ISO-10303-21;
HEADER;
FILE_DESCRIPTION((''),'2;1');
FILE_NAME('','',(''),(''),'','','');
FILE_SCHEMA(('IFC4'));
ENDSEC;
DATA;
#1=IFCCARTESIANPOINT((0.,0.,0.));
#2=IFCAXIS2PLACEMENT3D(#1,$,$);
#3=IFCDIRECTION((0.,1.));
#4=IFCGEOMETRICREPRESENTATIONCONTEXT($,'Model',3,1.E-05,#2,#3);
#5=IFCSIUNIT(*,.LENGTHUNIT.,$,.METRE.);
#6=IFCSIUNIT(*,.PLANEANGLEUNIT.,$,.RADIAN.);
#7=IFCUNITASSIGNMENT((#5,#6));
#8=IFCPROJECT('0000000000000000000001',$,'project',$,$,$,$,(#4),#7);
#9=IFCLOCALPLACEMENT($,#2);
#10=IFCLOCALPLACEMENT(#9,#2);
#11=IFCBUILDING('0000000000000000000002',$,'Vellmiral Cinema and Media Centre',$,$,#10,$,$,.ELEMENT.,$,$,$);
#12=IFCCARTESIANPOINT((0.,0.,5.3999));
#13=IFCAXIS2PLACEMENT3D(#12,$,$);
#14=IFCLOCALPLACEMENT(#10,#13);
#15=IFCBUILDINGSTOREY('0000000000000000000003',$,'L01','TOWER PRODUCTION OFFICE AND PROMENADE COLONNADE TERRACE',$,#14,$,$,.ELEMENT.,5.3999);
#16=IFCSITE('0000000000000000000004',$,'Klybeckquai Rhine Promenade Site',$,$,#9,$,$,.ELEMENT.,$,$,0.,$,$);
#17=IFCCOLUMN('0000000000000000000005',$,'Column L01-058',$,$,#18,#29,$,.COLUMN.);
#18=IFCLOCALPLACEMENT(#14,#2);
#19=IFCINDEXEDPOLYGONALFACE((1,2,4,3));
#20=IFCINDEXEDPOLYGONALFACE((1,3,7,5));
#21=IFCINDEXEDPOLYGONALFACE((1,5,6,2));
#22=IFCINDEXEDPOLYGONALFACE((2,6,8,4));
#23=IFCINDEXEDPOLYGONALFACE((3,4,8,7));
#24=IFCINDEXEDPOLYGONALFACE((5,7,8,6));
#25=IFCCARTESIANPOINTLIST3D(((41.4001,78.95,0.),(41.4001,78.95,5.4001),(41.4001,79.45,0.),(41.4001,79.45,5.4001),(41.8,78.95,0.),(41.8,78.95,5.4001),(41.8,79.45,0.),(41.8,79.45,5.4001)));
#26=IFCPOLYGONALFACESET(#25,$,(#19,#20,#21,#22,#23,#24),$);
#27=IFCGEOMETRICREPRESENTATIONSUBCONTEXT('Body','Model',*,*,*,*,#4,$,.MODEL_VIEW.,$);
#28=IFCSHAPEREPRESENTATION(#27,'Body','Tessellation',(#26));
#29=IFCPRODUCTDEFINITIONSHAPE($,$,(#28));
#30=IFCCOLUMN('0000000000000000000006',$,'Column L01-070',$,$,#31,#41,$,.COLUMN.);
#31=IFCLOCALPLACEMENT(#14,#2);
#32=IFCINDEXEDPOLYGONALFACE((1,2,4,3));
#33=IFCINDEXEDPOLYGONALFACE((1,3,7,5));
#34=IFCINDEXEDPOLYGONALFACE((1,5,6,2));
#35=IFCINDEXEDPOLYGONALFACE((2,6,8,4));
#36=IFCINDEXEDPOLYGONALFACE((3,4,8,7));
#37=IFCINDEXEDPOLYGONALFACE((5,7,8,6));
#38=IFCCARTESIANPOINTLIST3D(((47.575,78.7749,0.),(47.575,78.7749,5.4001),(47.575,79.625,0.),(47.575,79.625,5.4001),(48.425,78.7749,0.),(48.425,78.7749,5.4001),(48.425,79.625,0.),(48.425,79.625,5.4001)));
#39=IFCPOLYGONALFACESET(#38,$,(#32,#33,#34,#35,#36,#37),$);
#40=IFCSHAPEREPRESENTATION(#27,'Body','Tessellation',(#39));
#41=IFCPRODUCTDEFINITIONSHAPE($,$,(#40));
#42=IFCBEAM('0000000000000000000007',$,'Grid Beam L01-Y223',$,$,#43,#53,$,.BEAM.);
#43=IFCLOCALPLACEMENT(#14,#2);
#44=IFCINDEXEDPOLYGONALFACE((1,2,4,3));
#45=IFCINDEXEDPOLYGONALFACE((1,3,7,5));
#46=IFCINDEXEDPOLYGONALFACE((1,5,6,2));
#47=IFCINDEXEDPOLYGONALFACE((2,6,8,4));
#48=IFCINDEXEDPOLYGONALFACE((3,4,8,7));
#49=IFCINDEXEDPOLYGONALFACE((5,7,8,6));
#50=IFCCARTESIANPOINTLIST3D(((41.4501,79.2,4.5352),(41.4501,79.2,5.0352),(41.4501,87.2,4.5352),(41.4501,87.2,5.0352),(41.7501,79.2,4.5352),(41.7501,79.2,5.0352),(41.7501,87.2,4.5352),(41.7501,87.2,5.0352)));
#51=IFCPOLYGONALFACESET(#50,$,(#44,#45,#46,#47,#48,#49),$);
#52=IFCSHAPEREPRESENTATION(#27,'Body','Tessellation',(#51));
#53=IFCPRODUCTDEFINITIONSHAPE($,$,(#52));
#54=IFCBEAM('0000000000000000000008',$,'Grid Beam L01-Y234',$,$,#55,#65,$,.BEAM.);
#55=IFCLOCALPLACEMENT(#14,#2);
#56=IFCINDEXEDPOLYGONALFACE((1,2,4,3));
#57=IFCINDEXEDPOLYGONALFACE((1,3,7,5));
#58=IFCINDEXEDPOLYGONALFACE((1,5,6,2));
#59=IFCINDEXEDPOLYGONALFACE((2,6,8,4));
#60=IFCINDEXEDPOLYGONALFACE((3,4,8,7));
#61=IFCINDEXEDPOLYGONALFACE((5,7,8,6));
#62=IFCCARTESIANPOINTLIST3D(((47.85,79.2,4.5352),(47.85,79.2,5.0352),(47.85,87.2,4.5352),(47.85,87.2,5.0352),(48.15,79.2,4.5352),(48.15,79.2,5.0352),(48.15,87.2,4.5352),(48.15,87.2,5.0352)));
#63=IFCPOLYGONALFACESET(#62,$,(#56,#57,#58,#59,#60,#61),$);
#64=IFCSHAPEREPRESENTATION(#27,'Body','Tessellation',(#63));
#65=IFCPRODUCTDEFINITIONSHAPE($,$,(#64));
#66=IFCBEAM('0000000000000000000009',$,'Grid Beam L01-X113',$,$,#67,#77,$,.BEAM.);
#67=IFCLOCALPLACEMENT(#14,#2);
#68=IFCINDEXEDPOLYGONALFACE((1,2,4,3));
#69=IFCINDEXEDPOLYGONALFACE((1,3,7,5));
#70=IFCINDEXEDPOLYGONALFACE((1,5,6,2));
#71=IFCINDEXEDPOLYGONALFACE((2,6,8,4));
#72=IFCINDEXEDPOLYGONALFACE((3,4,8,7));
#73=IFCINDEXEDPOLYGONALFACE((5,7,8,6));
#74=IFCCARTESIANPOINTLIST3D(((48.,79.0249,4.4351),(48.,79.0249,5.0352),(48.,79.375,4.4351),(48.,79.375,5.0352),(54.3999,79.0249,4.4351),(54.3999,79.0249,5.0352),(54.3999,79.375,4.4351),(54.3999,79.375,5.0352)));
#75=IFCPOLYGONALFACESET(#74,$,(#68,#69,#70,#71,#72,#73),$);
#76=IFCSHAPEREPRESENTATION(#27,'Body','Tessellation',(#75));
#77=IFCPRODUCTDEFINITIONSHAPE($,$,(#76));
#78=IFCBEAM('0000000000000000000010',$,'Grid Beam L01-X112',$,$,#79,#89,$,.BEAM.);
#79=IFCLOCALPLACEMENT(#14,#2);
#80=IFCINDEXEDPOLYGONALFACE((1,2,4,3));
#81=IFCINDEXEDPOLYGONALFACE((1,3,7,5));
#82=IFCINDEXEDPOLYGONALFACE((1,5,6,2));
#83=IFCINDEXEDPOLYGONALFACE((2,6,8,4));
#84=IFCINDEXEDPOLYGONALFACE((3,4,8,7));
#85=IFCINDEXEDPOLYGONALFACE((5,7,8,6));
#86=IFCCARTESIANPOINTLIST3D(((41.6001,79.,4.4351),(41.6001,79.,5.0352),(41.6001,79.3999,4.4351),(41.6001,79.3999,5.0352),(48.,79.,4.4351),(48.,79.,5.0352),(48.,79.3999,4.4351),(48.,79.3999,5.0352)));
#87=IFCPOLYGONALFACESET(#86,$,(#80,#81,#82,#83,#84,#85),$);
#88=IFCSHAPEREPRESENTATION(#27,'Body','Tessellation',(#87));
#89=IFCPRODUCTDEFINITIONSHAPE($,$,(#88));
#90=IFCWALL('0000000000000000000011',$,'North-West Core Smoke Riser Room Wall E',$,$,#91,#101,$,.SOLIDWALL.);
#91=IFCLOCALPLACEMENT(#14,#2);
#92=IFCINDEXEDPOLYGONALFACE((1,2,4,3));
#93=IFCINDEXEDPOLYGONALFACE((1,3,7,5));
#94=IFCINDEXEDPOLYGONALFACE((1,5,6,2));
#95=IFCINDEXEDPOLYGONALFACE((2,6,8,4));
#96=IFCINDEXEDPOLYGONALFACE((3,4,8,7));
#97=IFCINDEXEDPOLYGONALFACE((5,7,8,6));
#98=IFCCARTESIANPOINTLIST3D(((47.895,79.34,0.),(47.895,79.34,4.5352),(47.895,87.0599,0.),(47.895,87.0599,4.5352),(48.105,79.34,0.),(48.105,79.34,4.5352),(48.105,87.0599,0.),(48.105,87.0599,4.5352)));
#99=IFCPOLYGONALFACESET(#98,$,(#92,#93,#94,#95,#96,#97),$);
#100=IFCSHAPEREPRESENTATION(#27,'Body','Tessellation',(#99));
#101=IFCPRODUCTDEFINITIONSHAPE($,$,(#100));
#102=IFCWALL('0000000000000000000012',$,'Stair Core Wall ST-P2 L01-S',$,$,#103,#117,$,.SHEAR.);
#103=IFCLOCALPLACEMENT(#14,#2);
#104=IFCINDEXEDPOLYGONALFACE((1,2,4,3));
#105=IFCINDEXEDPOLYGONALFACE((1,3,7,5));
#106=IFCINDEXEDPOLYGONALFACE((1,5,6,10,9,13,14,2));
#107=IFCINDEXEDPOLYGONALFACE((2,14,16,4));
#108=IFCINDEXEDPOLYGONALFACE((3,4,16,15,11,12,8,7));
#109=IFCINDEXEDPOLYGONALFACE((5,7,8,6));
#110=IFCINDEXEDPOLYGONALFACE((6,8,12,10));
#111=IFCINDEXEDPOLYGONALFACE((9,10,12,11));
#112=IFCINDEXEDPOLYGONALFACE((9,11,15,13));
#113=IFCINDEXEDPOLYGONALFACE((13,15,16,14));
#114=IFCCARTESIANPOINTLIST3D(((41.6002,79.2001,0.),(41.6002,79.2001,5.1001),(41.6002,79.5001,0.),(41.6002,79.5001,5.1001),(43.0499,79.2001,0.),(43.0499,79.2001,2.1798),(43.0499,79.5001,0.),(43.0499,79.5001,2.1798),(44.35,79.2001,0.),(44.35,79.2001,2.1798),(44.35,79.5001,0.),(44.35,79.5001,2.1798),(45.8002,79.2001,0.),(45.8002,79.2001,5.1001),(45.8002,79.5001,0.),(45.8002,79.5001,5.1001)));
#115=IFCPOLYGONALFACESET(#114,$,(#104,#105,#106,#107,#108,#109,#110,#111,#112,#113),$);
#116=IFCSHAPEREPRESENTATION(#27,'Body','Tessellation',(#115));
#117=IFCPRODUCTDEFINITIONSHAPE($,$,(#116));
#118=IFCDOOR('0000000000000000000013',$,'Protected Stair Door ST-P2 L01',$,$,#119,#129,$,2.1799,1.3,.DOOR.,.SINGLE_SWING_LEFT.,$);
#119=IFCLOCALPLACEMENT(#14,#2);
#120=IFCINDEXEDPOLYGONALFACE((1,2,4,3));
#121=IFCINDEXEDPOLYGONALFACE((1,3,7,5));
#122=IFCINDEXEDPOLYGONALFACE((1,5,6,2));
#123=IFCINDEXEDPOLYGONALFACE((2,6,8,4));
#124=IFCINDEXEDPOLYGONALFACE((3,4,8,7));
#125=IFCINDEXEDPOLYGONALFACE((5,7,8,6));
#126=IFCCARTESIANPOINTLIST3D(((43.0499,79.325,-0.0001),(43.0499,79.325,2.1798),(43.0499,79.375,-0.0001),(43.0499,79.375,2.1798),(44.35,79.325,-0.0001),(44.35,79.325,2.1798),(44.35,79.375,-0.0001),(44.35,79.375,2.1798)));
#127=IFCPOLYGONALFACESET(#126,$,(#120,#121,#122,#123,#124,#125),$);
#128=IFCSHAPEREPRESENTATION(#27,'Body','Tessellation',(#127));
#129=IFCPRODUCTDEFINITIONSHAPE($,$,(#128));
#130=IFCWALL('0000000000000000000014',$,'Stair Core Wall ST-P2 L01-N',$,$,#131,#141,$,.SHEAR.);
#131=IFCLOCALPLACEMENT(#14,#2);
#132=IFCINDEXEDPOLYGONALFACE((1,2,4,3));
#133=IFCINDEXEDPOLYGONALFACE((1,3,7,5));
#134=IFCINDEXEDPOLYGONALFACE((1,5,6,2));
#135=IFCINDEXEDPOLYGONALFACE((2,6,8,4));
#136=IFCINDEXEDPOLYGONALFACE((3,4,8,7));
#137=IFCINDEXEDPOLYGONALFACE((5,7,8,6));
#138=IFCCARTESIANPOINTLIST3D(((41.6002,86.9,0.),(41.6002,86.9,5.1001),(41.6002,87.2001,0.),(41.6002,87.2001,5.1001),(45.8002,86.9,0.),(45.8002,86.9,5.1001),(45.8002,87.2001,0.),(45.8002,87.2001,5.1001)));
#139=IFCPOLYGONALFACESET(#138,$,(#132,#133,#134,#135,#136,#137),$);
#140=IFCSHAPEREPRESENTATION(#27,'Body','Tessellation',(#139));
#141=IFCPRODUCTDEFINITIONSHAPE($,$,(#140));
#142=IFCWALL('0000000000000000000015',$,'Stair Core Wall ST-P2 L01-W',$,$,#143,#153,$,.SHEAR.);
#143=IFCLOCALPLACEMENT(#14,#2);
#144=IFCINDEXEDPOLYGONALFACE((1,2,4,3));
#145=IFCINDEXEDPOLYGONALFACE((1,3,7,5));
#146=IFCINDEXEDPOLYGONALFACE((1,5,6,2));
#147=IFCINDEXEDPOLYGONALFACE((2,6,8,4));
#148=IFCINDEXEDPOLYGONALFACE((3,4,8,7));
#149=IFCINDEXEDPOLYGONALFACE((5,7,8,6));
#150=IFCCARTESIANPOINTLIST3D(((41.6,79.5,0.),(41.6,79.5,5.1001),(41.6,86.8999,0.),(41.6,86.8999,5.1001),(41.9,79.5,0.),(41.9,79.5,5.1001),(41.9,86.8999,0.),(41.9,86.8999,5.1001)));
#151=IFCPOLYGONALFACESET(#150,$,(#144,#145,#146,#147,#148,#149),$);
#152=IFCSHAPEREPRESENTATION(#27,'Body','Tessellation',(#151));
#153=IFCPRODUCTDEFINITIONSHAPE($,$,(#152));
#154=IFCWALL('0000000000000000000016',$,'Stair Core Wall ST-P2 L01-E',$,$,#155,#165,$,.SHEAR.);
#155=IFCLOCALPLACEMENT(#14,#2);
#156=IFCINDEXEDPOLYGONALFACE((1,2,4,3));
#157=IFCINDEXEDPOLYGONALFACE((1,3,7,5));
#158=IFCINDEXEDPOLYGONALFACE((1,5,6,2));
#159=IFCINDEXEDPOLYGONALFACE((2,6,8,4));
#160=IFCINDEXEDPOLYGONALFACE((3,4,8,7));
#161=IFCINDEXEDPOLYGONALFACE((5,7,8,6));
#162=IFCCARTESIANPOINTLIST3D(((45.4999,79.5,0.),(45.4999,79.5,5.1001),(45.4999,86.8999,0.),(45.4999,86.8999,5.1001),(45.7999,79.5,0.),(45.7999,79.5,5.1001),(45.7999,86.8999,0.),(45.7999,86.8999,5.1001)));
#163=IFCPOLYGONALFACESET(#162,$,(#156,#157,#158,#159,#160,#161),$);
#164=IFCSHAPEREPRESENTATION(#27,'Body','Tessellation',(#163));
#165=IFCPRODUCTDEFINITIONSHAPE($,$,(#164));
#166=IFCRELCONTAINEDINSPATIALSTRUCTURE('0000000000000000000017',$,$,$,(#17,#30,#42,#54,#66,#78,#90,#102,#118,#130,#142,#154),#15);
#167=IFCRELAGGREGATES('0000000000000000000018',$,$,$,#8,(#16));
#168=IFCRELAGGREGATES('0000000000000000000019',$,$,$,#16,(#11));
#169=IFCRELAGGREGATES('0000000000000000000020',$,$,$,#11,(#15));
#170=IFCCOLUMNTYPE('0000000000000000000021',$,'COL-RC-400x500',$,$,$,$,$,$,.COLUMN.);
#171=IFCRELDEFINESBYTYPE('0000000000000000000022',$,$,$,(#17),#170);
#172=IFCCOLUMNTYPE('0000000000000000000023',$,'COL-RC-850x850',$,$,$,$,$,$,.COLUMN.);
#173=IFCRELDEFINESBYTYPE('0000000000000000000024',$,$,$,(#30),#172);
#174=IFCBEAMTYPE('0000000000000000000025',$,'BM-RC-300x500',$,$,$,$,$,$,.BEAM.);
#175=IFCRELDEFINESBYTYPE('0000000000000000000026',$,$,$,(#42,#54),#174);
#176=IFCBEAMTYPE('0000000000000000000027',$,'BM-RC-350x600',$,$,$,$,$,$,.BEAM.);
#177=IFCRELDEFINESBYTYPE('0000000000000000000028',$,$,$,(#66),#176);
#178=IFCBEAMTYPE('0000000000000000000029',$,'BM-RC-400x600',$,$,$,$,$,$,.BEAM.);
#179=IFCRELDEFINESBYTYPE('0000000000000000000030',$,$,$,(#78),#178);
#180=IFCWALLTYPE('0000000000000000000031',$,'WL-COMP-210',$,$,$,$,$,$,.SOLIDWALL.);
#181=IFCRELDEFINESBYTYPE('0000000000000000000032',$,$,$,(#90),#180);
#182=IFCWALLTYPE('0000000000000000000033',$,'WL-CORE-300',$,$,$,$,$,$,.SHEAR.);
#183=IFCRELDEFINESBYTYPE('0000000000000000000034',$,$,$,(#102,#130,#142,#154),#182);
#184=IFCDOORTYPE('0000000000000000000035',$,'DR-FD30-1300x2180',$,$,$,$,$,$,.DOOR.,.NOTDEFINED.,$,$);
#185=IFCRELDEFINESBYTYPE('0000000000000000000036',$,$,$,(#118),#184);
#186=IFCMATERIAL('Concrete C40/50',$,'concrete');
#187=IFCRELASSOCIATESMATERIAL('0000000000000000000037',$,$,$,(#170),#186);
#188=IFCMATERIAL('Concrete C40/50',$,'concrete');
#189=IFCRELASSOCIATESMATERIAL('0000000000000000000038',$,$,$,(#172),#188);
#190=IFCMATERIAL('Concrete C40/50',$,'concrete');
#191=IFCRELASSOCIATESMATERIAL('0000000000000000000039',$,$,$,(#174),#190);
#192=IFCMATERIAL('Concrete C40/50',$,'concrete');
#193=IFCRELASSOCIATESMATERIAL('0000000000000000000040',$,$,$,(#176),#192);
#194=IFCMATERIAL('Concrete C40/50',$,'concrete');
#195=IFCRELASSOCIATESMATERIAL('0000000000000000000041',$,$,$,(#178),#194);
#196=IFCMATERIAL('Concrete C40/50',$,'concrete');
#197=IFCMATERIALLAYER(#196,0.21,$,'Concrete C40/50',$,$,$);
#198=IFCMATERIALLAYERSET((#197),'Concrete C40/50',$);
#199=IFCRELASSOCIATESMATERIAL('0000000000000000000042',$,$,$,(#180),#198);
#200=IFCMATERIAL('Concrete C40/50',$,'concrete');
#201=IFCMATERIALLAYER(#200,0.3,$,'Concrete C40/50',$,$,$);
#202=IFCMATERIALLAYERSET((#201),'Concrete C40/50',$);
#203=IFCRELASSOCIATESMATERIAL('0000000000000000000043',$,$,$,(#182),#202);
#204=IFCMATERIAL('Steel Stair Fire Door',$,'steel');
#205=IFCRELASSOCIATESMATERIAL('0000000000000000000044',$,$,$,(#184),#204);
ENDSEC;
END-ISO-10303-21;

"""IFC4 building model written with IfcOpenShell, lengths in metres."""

from ifc_helpers import new_model, si_unit, direction, frame, frame_2d, origin, origin_2d, place, context, subcontext, project, spatial, rectangle, extrude, material, layer, layer_set, material_profile, profile_set, type_object, element, fill, save


model = new_model("IFC4")

# Units and contexts
model_context = context("Model", 3, precision=1e-05, world=origin(), true_north=direction((0.0, 1.0)))
body_context = subcontext(model_context, "Body", "Model", "MODEL_VIEW")
ifc_project = project(units=[si_unit("LENGTHUNIT", "METRE"), si_unit("PLANEANGLEUNIT", "RADIAN")], contexts=[model_context])

# Site, building, storey
site_placement = place(None, origin())
site = spatial("IfcSite", under=ifc_project, at=site_placement, Name="Klybeckquai Rhine Promenade Site", CompositionType="ELEMENT", RefElevation=0.0)
building_placement = place(site_placement, origin())
building = spatial("IfcBuilding", under=site, at=building_placement, Name="Vellmiral Cinema and Media Centre", CompositionType="ELEMENT")
storey_placement = place(building_placement, frame((0.0, 0.0, 5.3999)))
storey = spatial("IfcBuildingStorey", under=building, at=storey_placement, Name="L01", Description="TOWER PRODUCTION OFFICE AND PROMENADE COLONNADE TERRACE", CompositionType="ELEMENT", Elevation=5.3999)

# Columns
ifc_material_1 = material(Name="Concrete C40/50", Category="concrete")
ifc_material_profile_1 = material_profile(ifc_material_1, rectangle(XDim=0.3999, YDim=0.5, at=origin_2d()), Name="RC 400x500")
ifc_profile_set_1 = profile_set([ifc_material_profile_1], Name="Concrete C40/50")
column_type_1 = type_object("IfcColumnType", Name="COL-RC-400x500", PredefinedType="COLUMN", material=ifc_profile_set_1)
column_1_placement = place(storey_placement, frame((41.6001, 79.2, 0.0), z_axis=(0.0, 0.0, 1.0), x_axis=(1.0, 0.0, 0.0)))
element("IfcColumn", 1, at=column_1_placement, inside=storey, type_object=column_type_1, Name="Column L01-058", PredefinedType="COLUMN", context=body_context, shape_type="SweptSolid", body=[
    extrude(rectangle(XDim=0.3999, YDim=0.5, at=origin_2d()), origin(), (0.0, 0.0, 1.0), 5.4001),
])
ifc_material_2 = material(Name="Concrete C40/50", Category="concrete")
ifc_material_profile_2 = material_profile(ifc_material_2, rectangle(XDim=0.8501, YDim=0.8501, at=origin_2d()), Name="RC 850x850")
ifc_profile_set_2 = profile_set([ifc_material_profile_2], Name="Concrete C40/50")
column_type_2 = type_object("IfcColumnType", Name="COL-RC-850x850", PredefinedType="COLUMN", material=ifc_profile_set_2)
column_2_placement = place(storey_placement, frame((48.0, 79.2, 0.0), z_axis=(0.0, 0.0, 1.0), x_axis=(1.0, 0.0, 0.0)))
element("IfcColumn", 2, at=column_2_placement, inside=storey, type_object=column_type_2, Name="Column L01-070", PredefinedType="COLUMN", context=body_context, shape_type="SweptSolid", body=[
    extrude(rectangle(XDim=0.8501, YDim=0.8501, at=origin_2d()), origin(), (0.0, 0.0, 1.0), 5.4001),
])

# Beams
ifc_material_3 = material(Name="Concrete C40/50", Category="concrete")
ifc_material_profile_3 = material_profile(ifc_material_3, rectangle(XDim=0.3, YDim=0.5, at=origin_2d()), Name="RC 300x500")
ifc_profile_set_3 = profile_set([ifc_material_profile_3], Name="Concrete C40/50")
beam_type_1 = type_object("IfcBeamType", Name="BM-RC-300x500", PredefinedType="BEAM", material=ifc_profile_set_3)
for number, where, z_axis, x_axis, name in (
    (3, (41.6001, 79.2, 4.7852), (0.0, 1.0, 0.0), (-1.0, 0.0, 0.0), "Grid Beam L01-Y223"),
    (4, (48.0, 79.2, 4.7852), (0.0, 1.0, 0.0), (-1.0, 0.0, 0.0), "Grid Beam L01-Y234"),
):
    element("IfcBeam", number, at=place(storey_placement, frame(where, z_axis=z_axis, x_axis=x_axis)), inside=storey, type_object=beam_type_1, Name=name, PredefinedType="BEAM", context=body_context, shape_type="SweptSolid", body=[
        extrude(rectangle(XDim=0.3, YDim=0.5, at=origin_2d()), origin(), (0.0, 0.0, 1.0), 8.0),
    ])
ifc_material_4 = material(Name="Concrete C40/50", Category="concrete")
ifc_material_profile_4 = material_profile(ifc_material_4, rectangle(XDim=0.3501, YDim=0.6001, at=origin_2d()), Name="RC 350x600")
ifc_profile_set_4 = profile_set([ifc_material_profile_4], Name="Concrete C40/50")
beam_type_2 = type_object("IfcBeamType", Name="BM-RC-350x600", PredefinedType="BEAM", material=ifc_profile_set_4)
beam_1_placement = place(storey_placement, frame((48.0, 79.2, 4.7351), z_axis=(1.0, 0.0, 0.0), x_axis=(0.0, 1.0, 0.0)))
element("IfcBeam", 5, at=beam_1_placement, inside=storey, type_object=beam_type_2, Name="Grid Beam L01-X113", PredefinedType="BEAM", context=body_context, shape_type="SweptSolid", body=[
    extrude(rectangle(XDim=0.3501, YDim=0.6001, at=origin_2d()), origin(), (0.0, 0.0, 1.0), 6.3999),
])
ifc_material_5 = material(Name="Concrete C40/50", Category="concrete")
ifc_material_profile_5 = material_profile(ifc_material_5, rectangle(XDim=0.3999, YDim=0.6001, at=origin_2d()), Name="RC 400x600")
ifc_profile_set_5 = profile_set([ifc_material_profile_5], Name="Concrete C40/50")
beam_type_3 = type_object("IfcBeamType", Name="BM-RC-400x600", PredefinedType="BEAM", material=ifc_profile_set_5)
beam_2_placement = place(storey_placement, frame((41.6001, 79.2, 4.7351), z_axis=(1.0, 0.0, 0.0), x_axis=(0.0, 1.0, 0.0)))
element("IfcBeam", 6, at=beam_2_placement, inside=storey, type_object=beam_type_3, Name="Grid Beam L01-X112", PredefinedType="BEAM", context=body_context, shape_type="SweptSolid", body=[
    extrude(rectangle(XDim=0.3999, YDim=0.6001, at=origin_2d()), origin(), (0.0, 0.0, 1.0), 6.3999),
])

# Wall
ifc_material_6 = material(Name="Concrete C40/50", Category="concrete")
ifc_layer_1 = layer(ifc_material_6, 0.21, Name="Concrete C40/50")
ifc_layer_set_1 = layer_set([ifc_layer_1], Name="Concrete C40/50")
wall_type_1 = type_object("IfcWallType", Name="WL-COMP-210", PredefinedType="SOLIDWALL", material=ifc_layer_set_1)
wall_1_placement = place(storey_placement, frame((48.0, 79.3401, 0.0), z_axis=(0.0, 0.0, 1.0), x_axis=(0.0, 1.0, 0.0)))
element("IfcWall", 7, at=wall_1_placement, inside=storey, type_object=wall_type_1, Name="North-West Core Smoke Riser Room Wall E", PredefinedType="SOLIDWALL", context=body_context, shape_type="SweptSolid", body=[
    extrude(rectangle(XDim=7.72, YDim=0.21, at=frame_2d((3.8599, 0.0))), origin(), (0.0, 0.0, 1.0), 4.5352),
])

# Wall, opening, door
ifc_material_7 = material(Name="Concrete C40/50", Category="concrete")
ifc_layer_2 = layer(ifc_material_7, 0.3, Name="Concrete C40/50")
ifc_layer_set_2 = layer_set([ifc_layer_2], Name="Concrete C40/50")
wall_type_2 = type_object("IfcWallType", Name="WL-CORE-300", PredefinedType="SHEAR", material=ifc_layer_set_2)
wall_2_placement = place(storey_placement, frame((41.6001, 79.3501, 0.0), z_axis=(0.0, 0.0, 1.0), x_axis=(1.0, 0.0, 0.0)))
wall_2 = element("IfcWall", 8, at=wall_2_placement, inside=storey, type_object=wall_type_2, Name="Stair Core Wall ST-P2 L01-S", PredefinedType="SHEAR", context=body_context, shape_type="SweptSolid", body=[
    extrude(rectangle(XDim=4.2, YDim=0.3, at=frame_2d((2.1001, 0.0))), origin(), (0.0, 0.0, 1.0), 5.1001),
])
opening_1_placement = place(wall_2_placement, frame((1.45, 0.0, 0.0)))
opening_1 = element("IfcOpeningElement", 9, at=opening_1_placement, cuts=wall_2, PredefinedType="OPENING", context=body_context, shape_type="SweptSolid", body=[
    extrude(rectangle(XDim=1.3, YDim=2.1799, at=frame_2d((0.6499, 1.0898))), frame((0.0, 0.1621, 0.0), z_axis=(0.0, -1.0, 0.0), x_axis=(1.0, 0.0, 0.0)), (0.0, 0.0, 1.0), 0.324),
])
ifc_material_8 = material(Name="Steel Stair Fire Door", Category="steel")
door_type_1 = type_object("IfcDoorType", Name="DR-FD30-1300x2180", OperationType="NOTDEFINED", PredefinedType="DOOR", material=ifc_material_8)
door_1_placement = place(opening_1_placement, origin())
door_1 = element("IfcDoor", 10, at=door_1_placement, inside=storey, type_object=door_type_1, Name="Protected Stair Door ST-P2 L01", OperationType="SINGLE_SWING_LEFT", OverallHeight=2.1799, OverallWidth=1.3, PredefinedType="DOOR", context=body_context, shape_type="SweptSolid", body=[
    extrude(rectangle(XDim=1.3, YDim=2.1799, at=frame_2d((0.6499, 1.0898))), frame((0.0, 0.0249, 0.0), z_axis=(0.0, -1.0, 0.0), x_axis=(1.0, 0.0, 0.0)), (0.0, 0.0, 1.0), 0.05),
])
fill(opening_1, door_1)

# Walls
wall_3_placement = place(storey_placement, frame((41.6001, 87.05, 0.0), z_axis=(0.0, 0.0, 1.0), x_axis=(1.0, 0.0, 0.0)))
element("IfcWall", 11, at=wall_3_placement, inside=storey, type_object=wall_type_2, Name="Stair Core Wall ST-P2 L01-N", PredefinedType="SHEAR", context=body_context, shape_type="SweptSolid", body=[
    extrude(rectangle(XDim=4.2, YDim=0.3, at=frame_2d((2.1001, 0.0))), origin(), (0.0, 0.0, 1.0), 5.1001),
])
for number, where, z_axis, x_axis, name in (
    (12, (41.75, 79.5, 0.0), (0.0, 0.0, 1.0), (0.0, 1.0, 0.0), "Stair Core Wall ST-P2 L01-W"),
    (13, (45.6499, 79.5, 0.0), (0.0, 0.0, 1.0), (0.0, 1.0, 0.0), "Stair Core Wall ST-P2 L01-E"),
):
    element("IfcWall", number, at=place(storey_placement, frame(where, z_axis=z_axis, x_axis=x_axis)), inside=storey, type_object=wall_type_2, Name=name, PredefinedType="SHEAR", context=body_context, shape_type="SweptSolid", body=[
        extrude(rectangle(XDim=7.3999, YDim=0.3, at=frame_2d((3.7, 0.0))), origin(), (0.0, 0.0, 1.0), 5.1001),
    ])

save(model, "model.ifc")
